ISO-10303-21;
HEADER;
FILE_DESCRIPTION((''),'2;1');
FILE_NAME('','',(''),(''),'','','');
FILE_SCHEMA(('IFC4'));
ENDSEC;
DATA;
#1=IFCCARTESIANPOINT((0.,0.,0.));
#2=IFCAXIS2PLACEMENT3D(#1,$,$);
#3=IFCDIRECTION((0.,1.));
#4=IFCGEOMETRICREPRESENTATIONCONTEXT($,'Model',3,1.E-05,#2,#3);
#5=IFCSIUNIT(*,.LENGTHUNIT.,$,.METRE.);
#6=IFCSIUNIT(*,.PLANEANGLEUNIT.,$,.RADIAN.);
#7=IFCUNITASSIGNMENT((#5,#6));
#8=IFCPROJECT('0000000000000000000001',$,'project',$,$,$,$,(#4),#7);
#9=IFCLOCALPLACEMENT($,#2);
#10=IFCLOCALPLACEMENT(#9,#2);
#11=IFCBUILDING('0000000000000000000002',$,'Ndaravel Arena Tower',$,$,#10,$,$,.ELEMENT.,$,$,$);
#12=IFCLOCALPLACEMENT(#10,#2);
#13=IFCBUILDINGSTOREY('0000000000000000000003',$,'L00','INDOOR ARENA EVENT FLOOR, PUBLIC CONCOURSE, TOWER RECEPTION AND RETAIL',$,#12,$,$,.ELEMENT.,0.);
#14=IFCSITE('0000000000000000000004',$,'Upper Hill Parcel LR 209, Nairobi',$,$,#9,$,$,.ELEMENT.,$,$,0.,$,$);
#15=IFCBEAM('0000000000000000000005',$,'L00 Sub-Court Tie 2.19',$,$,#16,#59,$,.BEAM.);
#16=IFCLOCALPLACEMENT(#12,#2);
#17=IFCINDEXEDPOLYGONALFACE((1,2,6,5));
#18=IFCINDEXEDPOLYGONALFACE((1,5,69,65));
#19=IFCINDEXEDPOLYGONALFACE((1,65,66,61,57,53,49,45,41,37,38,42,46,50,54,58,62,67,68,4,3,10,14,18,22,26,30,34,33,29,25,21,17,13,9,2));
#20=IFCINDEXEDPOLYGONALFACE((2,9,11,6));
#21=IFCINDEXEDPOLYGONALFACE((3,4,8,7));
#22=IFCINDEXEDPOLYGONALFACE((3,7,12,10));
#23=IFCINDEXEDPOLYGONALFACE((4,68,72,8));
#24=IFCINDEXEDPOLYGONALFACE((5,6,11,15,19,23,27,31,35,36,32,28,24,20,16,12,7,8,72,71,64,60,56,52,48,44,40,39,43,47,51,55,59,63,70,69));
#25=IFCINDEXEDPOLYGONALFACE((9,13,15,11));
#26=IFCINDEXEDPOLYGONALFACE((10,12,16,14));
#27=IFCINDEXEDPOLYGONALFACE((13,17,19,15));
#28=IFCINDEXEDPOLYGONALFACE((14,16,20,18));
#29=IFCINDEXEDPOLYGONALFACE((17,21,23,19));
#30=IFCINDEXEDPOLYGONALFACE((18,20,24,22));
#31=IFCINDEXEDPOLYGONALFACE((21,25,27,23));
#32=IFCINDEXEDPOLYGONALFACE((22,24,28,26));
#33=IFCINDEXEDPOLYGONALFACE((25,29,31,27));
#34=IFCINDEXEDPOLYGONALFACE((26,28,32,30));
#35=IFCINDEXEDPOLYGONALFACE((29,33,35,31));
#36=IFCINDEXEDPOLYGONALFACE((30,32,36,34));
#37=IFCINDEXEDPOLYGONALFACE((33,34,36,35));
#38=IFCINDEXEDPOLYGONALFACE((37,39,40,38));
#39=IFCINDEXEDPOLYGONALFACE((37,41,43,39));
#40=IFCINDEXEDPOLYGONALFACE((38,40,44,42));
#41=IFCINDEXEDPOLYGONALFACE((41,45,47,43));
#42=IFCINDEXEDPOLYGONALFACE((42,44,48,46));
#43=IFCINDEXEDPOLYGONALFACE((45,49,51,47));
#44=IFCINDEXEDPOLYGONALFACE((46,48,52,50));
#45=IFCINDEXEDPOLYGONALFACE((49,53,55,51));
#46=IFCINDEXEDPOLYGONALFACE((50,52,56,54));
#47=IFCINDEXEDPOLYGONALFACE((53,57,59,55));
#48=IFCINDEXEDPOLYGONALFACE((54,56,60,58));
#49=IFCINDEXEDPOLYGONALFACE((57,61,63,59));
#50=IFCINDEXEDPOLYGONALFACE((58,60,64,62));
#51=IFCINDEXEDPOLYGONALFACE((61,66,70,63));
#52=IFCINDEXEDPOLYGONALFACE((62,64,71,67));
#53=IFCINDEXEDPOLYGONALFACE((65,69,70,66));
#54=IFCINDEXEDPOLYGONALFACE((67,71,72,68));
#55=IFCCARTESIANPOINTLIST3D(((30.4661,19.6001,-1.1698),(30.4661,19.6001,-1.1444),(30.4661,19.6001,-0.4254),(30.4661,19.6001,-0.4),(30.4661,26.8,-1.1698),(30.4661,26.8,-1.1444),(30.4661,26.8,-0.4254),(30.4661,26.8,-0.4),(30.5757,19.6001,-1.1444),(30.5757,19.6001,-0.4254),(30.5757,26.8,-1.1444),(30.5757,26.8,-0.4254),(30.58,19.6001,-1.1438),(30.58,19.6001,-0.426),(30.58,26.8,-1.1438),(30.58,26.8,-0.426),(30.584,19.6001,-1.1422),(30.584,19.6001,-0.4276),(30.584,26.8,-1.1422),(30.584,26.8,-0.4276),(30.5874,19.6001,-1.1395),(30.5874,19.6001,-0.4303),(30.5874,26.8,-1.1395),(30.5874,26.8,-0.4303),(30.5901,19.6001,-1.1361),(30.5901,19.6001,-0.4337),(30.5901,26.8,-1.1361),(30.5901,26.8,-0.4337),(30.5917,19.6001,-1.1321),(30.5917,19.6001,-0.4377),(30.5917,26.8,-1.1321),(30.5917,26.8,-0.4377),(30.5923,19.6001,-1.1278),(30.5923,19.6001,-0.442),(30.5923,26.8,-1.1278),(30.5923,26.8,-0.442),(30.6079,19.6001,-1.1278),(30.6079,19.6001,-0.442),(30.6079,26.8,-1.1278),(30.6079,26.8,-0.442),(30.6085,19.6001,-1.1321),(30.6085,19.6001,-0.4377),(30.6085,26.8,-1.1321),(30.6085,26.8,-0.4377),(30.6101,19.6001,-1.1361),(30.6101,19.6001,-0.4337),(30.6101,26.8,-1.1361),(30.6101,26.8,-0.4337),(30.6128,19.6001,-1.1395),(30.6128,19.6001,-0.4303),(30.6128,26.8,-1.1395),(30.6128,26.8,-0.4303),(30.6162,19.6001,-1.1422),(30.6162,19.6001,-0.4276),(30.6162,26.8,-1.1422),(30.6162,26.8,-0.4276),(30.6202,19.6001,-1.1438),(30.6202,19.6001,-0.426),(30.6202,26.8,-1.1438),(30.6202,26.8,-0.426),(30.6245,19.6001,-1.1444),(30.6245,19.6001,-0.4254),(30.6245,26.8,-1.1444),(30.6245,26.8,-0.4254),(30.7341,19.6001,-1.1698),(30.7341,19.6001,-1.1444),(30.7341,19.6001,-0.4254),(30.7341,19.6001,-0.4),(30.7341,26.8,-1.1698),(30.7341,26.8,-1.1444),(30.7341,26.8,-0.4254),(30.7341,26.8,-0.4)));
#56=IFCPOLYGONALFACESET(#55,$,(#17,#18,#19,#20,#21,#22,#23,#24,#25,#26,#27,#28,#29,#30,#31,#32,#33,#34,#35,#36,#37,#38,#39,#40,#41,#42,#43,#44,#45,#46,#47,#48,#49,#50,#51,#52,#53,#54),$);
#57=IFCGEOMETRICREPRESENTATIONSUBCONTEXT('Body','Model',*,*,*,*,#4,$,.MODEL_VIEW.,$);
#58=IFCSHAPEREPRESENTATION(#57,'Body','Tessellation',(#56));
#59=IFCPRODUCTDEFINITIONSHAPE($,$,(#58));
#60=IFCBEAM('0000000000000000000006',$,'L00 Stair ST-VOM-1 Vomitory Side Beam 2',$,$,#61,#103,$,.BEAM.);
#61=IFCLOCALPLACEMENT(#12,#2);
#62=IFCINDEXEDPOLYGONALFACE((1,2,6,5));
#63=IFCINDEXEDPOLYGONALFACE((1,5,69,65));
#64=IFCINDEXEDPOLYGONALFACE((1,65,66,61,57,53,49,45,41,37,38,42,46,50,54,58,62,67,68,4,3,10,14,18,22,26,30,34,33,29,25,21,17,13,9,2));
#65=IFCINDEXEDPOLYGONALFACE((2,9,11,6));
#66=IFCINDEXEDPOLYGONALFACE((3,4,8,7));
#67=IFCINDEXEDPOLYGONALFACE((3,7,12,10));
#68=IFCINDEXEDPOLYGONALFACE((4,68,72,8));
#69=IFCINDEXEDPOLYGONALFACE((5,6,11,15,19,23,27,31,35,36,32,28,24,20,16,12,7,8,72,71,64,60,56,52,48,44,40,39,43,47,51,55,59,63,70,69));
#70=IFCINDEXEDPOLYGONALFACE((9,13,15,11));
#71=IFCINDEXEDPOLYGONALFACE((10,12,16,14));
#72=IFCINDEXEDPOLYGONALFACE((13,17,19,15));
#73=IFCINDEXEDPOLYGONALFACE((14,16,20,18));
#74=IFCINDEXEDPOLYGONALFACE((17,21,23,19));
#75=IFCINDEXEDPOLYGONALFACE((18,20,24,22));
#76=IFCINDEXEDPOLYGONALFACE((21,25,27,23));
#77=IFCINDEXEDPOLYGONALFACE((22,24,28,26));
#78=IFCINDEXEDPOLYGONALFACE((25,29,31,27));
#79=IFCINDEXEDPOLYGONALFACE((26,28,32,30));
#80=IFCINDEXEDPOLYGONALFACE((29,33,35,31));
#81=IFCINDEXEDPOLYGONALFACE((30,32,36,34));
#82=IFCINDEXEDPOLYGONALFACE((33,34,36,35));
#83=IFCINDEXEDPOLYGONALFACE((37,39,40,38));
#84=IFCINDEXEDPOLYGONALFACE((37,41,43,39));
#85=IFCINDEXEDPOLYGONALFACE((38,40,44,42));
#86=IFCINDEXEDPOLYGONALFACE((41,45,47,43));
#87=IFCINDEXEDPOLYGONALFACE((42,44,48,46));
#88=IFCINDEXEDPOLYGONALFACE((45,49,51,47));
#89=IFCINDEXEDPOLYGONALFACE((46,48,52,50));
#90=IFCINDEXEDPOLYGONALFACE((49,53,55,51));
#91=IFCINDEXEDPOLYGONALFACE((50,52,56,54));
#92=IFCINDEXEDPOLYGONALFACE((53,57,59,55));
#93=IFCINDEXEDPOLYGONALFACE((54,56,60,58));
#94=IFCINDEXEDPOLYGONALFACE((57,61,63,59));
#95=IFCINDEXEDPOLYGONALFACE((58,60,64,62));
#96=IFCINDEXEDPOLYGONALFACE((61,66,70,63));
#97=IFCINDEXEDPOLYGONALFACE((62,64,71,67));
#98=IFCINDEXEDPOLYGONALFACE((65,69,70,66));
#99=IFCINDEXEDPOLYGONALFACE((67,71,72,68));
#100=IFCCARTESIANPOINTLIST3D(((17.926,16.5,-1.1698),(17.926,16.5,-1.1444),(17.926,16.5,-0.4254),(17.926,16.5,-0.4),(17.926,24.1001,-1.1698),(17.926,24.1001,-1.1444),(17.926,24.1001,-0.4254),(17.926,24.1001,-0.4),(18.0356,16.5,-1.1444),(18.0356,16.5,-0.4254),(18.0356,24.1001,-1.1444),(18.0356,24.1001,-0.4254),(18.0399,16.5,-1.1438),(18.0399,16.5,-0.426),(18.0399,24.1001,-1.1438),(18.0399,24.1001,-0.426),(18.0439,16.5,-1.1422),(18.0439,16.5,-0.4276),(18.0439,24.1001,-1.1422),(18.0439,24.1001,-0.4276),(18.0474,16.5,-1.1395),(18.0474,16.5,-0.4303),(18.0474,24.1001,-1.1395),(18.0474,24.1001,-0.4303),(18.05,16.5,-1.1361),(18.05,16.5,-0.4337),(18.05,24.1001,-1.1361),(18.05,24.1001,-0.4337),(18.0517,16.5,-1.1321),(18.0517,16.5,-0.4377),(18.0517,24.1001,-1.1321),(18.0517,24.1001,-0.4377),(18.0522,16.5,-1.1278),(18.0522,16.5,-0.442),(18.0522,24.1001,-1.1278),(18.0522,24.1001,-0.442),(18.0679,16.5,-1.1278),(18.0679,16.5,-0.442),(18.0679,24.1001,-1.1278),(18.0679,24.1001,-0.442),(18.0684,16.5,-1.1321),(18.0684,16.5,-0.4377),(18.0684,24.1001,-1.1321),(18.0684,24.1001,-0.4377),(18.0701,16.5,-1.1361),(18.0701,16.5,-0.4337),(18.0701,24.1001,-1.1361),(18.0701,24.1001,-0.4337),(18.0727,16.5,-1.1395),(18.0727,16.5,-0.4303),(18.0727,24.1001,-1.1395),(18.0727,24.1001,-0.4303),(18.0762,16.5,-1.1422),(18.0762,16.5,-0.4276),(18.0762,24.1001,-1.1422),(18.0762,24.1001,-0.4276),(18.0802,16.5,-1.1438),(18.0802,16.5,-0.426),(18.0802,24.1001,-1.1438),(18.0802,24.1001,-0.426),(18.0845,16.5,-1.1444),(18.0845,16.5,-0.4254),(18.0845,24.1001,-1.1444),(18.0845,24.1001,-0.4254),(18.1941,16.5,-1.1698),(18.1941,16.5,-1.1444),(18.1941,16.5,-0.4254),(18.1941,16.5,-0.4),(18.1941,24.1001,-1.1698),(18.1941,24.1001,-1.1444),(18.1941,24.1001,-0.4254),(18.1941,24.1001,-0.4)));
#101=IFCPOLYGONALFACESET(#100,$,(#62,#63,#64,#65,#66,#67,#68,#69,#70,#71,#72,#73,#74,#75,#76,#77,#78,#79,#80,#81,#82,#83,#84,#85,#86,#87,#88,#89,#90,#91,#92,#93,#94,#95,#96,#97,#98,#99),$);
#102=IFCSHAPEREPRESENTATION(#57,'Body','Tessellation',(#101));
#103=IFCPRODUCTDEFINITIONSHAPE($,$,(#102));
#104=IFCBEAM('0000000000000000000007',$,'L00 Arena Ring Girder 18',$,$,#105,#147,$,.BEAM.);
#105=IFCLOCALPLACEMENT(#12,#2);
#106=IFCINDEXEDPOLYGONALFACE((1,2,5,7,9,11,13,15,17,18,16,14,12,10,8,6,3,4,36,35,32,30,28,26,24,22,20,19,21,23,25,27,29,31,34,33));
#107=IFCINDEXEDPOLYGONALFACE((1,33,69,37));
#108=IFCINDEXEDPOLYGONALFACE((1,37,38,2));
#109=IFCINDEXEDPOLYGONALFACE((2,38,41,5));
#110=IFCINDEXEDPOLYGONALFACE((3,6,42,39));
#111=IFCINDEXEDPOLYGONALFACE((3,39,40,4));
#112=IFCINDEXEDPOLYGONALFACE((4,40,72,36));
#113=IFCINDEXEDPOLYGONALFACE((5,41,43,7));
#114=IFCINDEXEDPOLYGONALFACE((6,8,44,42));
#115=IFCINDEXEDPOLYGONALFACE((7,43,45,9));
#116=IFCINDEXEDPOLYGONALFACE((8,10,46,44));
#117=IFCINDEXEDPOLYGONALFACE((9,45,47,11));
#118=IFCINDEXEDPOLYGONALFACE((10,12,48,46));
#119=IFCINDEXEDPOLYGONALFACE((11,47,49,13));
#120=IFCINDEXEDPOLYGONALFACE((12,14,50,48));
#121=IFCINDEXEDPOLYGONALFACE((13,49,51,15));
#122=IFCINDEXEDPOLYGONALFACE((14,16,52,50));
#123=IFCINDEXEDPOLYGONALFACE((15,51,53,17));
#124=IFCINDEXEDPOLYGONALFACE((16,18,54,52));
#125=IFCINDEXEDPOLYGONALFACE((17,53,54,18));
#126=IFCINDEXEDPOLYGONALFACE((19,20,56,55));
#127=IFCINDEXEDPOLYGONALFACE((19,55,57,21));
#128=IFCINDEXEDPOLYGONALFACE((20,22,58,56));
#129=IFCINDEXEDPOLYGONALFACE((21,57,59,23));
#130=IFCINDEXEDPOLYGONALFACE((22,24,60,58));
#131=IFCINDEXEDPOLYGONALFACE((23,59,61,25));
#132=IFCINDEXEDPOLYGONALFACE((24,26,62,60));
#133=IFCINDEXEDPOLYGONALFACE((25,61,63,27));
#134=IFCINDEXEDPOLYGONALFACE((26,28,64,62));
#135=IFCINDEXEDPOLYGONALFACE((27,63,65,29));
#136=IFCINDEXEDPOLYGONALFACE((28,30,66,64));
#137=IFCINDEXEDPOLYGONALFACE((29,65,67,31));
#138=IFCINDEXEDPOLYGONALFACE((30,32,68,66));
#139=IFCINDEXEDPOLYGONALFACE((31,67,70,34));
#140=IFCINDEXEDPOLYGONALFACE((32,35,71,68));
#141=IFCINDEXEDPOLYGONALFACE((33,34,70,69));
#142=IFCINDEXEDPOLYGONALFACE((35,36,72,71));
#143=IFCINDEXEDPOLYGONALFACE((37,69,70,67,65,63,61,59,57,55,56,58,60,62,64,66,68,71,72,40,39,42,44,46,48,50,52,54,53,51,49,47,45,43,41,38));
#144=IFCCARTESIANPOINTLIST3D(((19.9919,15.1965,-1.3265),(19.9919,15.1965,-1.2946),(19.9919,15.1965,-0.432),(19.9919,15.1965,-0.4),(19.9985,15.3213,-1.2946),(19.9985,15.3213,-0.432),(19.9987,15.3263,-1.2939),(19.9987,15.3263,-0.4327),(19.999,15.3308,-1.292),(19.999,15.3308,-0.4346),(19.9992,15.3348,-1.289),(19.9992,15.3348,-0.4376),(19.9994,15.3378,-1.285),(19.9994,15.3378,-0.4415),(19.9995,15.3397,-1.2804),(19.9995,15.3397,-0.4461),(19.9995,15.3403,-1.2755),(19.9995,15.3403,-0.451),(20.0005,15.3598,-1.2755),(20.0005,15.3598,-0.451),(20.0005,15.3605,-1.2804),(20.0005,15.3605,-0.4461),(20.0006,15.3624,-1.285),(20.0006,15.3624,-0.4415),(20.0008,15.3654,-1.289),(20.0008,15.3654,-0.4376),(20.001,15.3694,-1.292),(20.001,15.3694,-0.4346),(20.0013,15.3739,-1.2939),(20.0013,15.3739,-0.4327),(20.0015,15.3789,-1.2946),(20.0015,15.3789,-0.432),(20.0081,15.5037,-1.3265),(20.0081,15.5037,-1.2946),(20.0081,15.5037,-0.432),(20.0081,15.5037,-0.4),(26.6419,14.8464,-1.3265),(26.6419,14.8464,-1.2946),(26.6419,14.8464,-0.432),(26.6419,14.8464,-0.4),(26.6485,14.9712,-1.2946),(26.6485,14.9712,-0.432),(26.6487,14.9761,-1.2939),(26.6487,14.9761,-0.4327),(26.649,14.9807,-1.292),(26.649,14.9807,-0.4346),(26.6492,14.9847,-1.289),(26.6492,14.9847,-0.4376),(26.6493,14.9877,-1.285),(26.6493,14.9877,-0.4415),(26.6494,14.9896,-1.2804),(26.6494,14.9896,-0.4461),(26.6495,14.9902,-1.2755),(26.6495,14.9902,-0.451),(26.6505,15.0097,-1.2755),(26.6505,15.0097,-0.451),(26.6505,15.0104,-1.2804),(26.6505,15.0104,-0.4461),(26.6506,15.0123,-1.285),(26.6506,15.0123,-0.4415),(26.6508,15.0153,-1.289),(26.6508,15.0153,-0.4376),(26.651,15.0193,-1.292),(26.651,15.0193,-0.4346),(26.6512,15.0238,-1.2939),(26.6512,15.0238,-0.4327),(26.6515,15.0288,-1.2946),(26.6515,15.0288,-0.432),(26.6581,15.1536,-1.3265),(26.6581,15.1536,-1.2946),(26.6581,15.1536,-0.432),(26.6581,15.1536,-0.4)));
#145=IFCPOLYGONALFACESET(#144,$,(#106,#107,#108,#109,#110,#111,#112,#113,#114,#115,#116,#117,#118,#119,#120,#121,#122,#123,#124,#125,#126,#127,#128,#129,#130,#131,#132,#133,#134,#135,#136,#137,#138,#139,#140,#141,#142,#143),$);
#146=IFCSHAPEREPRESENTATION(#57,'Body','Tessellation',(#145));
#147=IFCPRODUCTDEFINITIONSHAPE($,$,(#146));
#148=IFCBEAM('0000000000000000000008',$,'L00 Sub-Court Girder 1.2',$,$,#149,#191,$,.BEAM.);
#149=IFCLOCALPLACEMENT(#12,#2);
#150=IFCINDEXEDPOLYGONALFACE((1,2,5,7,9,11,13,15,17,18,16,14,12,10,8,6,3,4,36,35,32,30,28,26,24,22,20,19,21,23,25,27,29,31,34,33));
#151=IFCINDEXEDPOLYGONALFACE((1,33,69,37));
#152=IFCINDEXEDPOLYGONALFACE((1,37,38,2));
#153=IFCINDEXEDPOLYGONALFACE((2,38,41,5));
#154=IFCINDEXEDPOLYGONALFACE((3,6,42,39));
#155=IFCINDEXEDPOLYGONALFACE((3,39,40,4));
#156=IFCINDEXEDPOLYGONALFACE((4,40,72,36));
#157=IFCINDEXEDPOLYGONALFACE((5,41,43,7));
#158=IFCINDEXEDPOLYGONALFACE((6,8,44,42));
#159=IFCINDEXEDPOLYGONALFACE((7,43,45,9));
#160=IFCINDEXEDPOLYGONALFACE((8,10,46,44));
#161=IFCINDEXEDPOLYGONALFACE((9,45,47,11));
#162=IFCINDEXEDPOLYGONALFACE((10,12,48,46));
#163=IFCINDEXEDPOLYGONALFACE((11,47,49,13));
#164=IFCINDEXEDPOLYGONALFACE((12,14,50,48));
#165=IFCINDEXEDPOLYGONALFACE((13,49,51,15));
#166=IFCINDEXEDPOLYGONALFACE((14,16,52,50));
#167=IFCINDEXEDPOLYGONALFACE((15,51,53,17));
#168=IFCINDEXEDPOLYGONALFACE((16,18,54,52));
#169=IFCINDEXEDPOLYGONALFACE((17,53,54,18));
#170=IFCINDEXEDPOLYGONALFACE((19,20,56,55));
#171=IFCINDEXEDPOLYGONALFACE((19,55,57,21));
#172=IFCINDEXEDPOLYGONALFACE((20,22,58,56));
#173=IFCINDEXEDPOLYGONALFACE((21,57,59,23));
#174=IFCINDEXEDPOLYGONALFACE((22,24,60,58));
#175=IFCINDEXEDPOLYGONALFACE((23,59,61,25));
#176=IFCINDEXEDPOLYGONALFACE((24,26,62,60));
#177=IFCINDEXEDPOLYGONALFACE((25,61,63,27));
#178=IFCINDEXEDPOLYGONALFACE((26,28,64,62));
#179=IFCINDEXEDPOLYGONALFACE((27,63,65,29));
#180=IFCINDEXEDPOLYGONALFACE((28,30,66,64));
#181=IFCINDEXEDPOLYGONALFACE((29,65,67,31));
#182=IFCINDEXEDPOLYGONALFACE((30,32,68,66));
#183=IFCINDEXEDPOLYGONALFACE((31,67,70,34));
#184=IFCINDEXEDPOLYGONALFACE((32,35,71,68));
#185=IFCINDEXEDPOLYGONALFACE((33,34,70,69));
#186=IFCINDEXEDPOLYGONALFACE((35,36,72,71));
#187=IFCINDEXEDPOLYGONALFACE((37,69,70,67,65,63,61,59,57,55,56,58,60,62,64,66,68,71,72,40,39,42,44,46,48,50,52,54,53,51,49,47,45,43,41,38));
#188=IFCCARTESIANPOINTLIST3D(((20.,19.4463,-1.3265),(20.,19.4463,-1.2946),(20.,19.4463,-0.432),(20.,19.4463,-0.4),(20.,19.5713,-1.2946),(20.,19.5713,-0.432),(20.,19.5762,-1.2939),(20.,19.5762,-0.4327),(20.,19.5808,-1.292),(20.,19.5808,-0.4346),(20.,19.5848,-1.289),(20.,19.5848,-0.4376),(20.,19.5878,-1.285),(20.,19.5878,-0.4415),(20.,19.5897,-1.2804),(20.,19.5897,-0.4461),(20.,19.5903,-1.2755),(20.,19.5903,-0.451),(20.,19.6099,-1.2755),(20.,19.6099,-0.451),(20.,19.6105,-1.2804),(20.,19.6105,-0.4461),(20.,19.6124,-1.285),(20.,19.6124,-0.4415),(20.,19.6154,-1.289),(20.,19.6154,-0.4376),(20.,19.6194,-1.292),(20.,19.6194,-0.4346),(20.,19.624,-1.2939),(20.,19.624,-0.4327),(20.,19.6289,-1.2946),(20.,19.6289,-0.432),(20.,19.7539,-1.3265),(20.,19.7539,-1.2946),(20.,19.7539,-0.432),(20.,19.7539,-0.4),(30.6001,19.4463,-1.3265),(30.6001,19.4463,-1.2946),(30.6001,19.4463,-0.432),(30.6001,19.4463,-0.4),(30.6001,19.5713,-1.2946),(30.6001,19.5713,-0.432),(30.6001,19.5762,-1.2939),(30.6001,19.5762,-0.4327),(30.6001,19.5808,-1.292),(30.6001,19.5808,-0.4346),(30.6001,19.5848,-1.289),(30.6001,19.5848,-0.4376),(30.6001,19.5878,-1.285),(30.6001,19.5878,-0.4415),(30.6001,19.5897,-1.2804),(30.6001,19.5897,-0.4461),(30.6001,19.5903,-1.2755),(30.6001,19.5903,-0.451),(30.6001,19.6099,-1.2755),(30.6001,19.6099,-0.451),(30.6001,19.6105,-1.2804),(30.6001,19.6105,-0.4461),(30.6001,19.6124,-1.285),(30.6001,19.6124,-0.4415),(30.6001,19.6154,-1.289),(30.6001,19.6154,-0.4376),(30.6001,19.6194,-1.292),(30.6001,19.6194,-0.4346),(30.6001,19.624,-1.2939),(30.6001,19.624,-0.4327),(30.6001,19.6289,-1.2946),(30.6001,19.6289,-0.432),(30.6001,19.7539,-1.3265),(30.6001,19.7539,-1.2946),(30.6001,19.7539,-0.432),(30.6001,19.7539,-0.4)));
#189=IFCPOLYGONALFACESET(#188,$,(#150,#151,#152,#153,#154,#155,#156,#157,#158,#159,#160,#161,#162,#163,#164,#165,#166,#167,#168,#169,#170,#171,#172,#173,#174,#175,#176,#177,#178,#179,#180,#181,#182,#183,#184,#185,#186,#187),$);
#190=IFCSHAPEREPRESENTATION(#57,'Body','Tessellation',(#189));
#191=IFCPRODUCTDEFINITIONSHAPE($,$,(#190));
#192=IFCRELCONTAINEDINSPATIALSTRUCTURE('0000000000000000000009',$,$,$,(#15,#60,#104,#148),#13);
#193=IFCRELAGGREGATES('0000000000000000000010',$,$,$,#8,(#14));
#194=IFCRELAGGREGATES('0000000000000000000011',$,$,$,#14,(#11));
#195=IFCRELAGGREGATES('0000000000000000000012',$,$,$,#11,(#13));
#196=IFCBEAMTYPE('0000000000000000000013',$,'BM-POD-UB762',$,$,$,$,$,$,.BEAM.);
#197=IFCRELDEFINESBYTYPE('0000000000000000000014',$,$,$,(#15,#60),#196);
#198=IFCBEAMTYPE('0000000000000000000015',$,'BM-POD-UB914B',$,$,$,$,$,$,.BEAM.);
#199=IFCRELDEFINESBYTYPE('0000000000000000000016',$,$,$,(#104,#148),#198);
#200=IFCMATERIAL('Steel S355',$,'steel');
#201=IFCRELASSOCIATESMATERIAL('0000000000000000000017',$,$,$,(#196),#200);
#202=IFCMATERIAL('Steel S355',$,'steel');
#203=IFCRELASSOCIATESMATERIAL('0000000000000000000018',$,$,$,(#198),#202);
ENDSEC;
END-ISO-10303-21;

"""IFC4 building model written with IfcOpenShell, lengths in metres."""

from ifc_helpers import new_model, si_unit, direction, frame, origin, origin_2d, place, context, subcontext, project, spatial, i_section, extrude, material, material_profile, profile_set, type_object, element, save


model = new_model("IFC4")

# Units and contexts
model_context = context("Model", 3, precision=1e-05, world=origin(), true_north=direction((0.0, 1.0)))
body_context = subcontext(model_context, "Body", "Model", "MODEL_VIEW")
ifc_project = project(units=[si_unit("LENGTHUNIT", "METRE"), si_unit("PLANEANGLEUNIT", "RADIAN")], contexts=[model_context])

# Site, building, storey
site_placement = place(None, origin())
site = spatial("IfcSite", under=ifc_project, at=site_placement, Name="Upper Hill Parcel LR 209, Nairobi", CompositionType="ELEMENT", RefElevation=0.0)
building_placement = place(site_placement, origin())
building = spatial("IfcBuilding", under=site, at=building_placement, Name="Ndaravel Arena Tower", CompositionType="ELEMENT")
storey_placement = place(building_placement, origin())
storey = spatial("IfcBuildingStorey", under=building, at=storey_placement, Name="L00", Description="INDOOR ARENA EVENT FLOOR, PUBLIC CONCOURSE, TOWER RECEPTION AND RETAIL", CompositionType="ELEMENT", Elevation=0.0)

# Beams
ifc_material_1 = material(Name="Steel S355", Category="steel")
ifc_material_profile_1 = material_profile(ifc_material_1, i_section(OverallWidth=0.2681, OverallDepth=0.7698, WebThickness=0.0156, FlangeThickness=0.0254, FilletRadius=0.0166, at=origin_2d()), Name="UB 762x267x197")
ifc_profile_set_1 = profile_set([ifc_material_profile_1], Name="Steel S355")
beam_type_1 = type_object("IfcBeamType", Name="BM-POD-UB762", PredefinedType="BEAM", material=ifc_profile_set_1)
beam_1_placement = place(storey_placement, frame((30.6001, 19.6001, -0.7849), z_axis=(0.0, 1.0, 0.0), x_axis=(-1.0, 0.0, 0.0)))
element("IfcBeam", 1, at=beam_1_placement, inside=storey, type_object=beam_type_1, Name="L00 Sub-Court Tie 2.19", PredefinedType="BEAM", context=body_context, shape_type="SweptSolid", body=[
    extrude(i_section(OverallWidth=0.2681, OverallDepth=0.7698, WebThickness=0.0156, FlangeThickness=0.0254, FilletRadius=0.0166, at=origin_2d()), origin(), (0.0, 0.0, 1.0), 7.2),
])
beam_2_placement = place(storey_placement, frame((18.0601, 16.5, -0.7849), z_axis=(0.0, 1.0, 0.0), x_axis=(-1.0, 0.0, 0.0)))
element("IfcBeam", 2, at=beam_2_placement, inside=storey, type_object=beam_type_1, Name="L00 Stair ST-VOM-1 Vomitory Side Beam 2", PredefinedType="BEAM", context=body_context, shape_type="SweptSolid", body=[
    extrude(i_section(OverallWidth=0.2681, OverallDepth=0.7698, WebThickness=0.0156, FlangeThickness=0.0254, FilletRadius=0.0166, at=origin_2d()), origin(), (0.0, 0.0, 1.0), 7.6001),
])
ifc_material_2 = material(Name="Steel S355", Category="steel")
ifc_material_profile_2 = material_profile(ifc_material_2, i_section(OverallWidth=0.3076, OverallDepth=0.9265, WebThickness=0.0195, FlangeThickness=0.032, FilletRadius=0.019, at=origin_2d()), Name="UB 914x305x289")
ifc_profile_set_2 = profile_set([ifc_material_profile_2], Name="Steel S355")
beam_type_2 = type_object("IfcBeamType", Name="BM-POD-UB914B", PredefinedType="BEAM", material=ifc_profile_set_2)
beam_3_placement = place(storey_placement, frame((20.0, 15.3501, -0.8633), z_axis=(0.998617, -0.052574, 0.0), x_axis=(0.052574, 0.998617, 0.0)))
element("IfcBeam", 3, at=beam_3_placement, inside=storey, type_object=beam_type_2, Name="L00 Arena Ring Girder 18", PredefinedType="BEAM", context=body_context, shape_type="SweptSolid", body=[
    extrude(i_section(OverallWidth=0.3076, OverallDepth=0.9265, WebThickness=0.0195, FlangeThickness=0.032, FilletRadius=0.019, at=origin_2d()), origin(), (0.0, 0.0, 1.0), 6.6592),
])
beam_4_placement = place(storey_placement, frame((20.0, 19.6001, -0.8633), z_axis=(1.0, 0.0, 0.0), x_axis=(0.0, 1.0, 0.0)))
element("IfcBeam", 4, at=beam_4_placement, inside=storey, type_object=beam_type_2, Name="L00 Sub-Court Girder 1.2", PredefinedType="BEAM", context=body_context, shape_type="SweptSolid", body=[
    extrude(i_section(OverallWidth=0.3076, OverallDepth=0.9265, WebThickness=0.0195, FlangeThickness=0.032, FilletRadius=0.019, at=origin_2d()), origin(), (0.0, 0.0, 1.0), 10.6001),
])

save(model, "model.ifc")
